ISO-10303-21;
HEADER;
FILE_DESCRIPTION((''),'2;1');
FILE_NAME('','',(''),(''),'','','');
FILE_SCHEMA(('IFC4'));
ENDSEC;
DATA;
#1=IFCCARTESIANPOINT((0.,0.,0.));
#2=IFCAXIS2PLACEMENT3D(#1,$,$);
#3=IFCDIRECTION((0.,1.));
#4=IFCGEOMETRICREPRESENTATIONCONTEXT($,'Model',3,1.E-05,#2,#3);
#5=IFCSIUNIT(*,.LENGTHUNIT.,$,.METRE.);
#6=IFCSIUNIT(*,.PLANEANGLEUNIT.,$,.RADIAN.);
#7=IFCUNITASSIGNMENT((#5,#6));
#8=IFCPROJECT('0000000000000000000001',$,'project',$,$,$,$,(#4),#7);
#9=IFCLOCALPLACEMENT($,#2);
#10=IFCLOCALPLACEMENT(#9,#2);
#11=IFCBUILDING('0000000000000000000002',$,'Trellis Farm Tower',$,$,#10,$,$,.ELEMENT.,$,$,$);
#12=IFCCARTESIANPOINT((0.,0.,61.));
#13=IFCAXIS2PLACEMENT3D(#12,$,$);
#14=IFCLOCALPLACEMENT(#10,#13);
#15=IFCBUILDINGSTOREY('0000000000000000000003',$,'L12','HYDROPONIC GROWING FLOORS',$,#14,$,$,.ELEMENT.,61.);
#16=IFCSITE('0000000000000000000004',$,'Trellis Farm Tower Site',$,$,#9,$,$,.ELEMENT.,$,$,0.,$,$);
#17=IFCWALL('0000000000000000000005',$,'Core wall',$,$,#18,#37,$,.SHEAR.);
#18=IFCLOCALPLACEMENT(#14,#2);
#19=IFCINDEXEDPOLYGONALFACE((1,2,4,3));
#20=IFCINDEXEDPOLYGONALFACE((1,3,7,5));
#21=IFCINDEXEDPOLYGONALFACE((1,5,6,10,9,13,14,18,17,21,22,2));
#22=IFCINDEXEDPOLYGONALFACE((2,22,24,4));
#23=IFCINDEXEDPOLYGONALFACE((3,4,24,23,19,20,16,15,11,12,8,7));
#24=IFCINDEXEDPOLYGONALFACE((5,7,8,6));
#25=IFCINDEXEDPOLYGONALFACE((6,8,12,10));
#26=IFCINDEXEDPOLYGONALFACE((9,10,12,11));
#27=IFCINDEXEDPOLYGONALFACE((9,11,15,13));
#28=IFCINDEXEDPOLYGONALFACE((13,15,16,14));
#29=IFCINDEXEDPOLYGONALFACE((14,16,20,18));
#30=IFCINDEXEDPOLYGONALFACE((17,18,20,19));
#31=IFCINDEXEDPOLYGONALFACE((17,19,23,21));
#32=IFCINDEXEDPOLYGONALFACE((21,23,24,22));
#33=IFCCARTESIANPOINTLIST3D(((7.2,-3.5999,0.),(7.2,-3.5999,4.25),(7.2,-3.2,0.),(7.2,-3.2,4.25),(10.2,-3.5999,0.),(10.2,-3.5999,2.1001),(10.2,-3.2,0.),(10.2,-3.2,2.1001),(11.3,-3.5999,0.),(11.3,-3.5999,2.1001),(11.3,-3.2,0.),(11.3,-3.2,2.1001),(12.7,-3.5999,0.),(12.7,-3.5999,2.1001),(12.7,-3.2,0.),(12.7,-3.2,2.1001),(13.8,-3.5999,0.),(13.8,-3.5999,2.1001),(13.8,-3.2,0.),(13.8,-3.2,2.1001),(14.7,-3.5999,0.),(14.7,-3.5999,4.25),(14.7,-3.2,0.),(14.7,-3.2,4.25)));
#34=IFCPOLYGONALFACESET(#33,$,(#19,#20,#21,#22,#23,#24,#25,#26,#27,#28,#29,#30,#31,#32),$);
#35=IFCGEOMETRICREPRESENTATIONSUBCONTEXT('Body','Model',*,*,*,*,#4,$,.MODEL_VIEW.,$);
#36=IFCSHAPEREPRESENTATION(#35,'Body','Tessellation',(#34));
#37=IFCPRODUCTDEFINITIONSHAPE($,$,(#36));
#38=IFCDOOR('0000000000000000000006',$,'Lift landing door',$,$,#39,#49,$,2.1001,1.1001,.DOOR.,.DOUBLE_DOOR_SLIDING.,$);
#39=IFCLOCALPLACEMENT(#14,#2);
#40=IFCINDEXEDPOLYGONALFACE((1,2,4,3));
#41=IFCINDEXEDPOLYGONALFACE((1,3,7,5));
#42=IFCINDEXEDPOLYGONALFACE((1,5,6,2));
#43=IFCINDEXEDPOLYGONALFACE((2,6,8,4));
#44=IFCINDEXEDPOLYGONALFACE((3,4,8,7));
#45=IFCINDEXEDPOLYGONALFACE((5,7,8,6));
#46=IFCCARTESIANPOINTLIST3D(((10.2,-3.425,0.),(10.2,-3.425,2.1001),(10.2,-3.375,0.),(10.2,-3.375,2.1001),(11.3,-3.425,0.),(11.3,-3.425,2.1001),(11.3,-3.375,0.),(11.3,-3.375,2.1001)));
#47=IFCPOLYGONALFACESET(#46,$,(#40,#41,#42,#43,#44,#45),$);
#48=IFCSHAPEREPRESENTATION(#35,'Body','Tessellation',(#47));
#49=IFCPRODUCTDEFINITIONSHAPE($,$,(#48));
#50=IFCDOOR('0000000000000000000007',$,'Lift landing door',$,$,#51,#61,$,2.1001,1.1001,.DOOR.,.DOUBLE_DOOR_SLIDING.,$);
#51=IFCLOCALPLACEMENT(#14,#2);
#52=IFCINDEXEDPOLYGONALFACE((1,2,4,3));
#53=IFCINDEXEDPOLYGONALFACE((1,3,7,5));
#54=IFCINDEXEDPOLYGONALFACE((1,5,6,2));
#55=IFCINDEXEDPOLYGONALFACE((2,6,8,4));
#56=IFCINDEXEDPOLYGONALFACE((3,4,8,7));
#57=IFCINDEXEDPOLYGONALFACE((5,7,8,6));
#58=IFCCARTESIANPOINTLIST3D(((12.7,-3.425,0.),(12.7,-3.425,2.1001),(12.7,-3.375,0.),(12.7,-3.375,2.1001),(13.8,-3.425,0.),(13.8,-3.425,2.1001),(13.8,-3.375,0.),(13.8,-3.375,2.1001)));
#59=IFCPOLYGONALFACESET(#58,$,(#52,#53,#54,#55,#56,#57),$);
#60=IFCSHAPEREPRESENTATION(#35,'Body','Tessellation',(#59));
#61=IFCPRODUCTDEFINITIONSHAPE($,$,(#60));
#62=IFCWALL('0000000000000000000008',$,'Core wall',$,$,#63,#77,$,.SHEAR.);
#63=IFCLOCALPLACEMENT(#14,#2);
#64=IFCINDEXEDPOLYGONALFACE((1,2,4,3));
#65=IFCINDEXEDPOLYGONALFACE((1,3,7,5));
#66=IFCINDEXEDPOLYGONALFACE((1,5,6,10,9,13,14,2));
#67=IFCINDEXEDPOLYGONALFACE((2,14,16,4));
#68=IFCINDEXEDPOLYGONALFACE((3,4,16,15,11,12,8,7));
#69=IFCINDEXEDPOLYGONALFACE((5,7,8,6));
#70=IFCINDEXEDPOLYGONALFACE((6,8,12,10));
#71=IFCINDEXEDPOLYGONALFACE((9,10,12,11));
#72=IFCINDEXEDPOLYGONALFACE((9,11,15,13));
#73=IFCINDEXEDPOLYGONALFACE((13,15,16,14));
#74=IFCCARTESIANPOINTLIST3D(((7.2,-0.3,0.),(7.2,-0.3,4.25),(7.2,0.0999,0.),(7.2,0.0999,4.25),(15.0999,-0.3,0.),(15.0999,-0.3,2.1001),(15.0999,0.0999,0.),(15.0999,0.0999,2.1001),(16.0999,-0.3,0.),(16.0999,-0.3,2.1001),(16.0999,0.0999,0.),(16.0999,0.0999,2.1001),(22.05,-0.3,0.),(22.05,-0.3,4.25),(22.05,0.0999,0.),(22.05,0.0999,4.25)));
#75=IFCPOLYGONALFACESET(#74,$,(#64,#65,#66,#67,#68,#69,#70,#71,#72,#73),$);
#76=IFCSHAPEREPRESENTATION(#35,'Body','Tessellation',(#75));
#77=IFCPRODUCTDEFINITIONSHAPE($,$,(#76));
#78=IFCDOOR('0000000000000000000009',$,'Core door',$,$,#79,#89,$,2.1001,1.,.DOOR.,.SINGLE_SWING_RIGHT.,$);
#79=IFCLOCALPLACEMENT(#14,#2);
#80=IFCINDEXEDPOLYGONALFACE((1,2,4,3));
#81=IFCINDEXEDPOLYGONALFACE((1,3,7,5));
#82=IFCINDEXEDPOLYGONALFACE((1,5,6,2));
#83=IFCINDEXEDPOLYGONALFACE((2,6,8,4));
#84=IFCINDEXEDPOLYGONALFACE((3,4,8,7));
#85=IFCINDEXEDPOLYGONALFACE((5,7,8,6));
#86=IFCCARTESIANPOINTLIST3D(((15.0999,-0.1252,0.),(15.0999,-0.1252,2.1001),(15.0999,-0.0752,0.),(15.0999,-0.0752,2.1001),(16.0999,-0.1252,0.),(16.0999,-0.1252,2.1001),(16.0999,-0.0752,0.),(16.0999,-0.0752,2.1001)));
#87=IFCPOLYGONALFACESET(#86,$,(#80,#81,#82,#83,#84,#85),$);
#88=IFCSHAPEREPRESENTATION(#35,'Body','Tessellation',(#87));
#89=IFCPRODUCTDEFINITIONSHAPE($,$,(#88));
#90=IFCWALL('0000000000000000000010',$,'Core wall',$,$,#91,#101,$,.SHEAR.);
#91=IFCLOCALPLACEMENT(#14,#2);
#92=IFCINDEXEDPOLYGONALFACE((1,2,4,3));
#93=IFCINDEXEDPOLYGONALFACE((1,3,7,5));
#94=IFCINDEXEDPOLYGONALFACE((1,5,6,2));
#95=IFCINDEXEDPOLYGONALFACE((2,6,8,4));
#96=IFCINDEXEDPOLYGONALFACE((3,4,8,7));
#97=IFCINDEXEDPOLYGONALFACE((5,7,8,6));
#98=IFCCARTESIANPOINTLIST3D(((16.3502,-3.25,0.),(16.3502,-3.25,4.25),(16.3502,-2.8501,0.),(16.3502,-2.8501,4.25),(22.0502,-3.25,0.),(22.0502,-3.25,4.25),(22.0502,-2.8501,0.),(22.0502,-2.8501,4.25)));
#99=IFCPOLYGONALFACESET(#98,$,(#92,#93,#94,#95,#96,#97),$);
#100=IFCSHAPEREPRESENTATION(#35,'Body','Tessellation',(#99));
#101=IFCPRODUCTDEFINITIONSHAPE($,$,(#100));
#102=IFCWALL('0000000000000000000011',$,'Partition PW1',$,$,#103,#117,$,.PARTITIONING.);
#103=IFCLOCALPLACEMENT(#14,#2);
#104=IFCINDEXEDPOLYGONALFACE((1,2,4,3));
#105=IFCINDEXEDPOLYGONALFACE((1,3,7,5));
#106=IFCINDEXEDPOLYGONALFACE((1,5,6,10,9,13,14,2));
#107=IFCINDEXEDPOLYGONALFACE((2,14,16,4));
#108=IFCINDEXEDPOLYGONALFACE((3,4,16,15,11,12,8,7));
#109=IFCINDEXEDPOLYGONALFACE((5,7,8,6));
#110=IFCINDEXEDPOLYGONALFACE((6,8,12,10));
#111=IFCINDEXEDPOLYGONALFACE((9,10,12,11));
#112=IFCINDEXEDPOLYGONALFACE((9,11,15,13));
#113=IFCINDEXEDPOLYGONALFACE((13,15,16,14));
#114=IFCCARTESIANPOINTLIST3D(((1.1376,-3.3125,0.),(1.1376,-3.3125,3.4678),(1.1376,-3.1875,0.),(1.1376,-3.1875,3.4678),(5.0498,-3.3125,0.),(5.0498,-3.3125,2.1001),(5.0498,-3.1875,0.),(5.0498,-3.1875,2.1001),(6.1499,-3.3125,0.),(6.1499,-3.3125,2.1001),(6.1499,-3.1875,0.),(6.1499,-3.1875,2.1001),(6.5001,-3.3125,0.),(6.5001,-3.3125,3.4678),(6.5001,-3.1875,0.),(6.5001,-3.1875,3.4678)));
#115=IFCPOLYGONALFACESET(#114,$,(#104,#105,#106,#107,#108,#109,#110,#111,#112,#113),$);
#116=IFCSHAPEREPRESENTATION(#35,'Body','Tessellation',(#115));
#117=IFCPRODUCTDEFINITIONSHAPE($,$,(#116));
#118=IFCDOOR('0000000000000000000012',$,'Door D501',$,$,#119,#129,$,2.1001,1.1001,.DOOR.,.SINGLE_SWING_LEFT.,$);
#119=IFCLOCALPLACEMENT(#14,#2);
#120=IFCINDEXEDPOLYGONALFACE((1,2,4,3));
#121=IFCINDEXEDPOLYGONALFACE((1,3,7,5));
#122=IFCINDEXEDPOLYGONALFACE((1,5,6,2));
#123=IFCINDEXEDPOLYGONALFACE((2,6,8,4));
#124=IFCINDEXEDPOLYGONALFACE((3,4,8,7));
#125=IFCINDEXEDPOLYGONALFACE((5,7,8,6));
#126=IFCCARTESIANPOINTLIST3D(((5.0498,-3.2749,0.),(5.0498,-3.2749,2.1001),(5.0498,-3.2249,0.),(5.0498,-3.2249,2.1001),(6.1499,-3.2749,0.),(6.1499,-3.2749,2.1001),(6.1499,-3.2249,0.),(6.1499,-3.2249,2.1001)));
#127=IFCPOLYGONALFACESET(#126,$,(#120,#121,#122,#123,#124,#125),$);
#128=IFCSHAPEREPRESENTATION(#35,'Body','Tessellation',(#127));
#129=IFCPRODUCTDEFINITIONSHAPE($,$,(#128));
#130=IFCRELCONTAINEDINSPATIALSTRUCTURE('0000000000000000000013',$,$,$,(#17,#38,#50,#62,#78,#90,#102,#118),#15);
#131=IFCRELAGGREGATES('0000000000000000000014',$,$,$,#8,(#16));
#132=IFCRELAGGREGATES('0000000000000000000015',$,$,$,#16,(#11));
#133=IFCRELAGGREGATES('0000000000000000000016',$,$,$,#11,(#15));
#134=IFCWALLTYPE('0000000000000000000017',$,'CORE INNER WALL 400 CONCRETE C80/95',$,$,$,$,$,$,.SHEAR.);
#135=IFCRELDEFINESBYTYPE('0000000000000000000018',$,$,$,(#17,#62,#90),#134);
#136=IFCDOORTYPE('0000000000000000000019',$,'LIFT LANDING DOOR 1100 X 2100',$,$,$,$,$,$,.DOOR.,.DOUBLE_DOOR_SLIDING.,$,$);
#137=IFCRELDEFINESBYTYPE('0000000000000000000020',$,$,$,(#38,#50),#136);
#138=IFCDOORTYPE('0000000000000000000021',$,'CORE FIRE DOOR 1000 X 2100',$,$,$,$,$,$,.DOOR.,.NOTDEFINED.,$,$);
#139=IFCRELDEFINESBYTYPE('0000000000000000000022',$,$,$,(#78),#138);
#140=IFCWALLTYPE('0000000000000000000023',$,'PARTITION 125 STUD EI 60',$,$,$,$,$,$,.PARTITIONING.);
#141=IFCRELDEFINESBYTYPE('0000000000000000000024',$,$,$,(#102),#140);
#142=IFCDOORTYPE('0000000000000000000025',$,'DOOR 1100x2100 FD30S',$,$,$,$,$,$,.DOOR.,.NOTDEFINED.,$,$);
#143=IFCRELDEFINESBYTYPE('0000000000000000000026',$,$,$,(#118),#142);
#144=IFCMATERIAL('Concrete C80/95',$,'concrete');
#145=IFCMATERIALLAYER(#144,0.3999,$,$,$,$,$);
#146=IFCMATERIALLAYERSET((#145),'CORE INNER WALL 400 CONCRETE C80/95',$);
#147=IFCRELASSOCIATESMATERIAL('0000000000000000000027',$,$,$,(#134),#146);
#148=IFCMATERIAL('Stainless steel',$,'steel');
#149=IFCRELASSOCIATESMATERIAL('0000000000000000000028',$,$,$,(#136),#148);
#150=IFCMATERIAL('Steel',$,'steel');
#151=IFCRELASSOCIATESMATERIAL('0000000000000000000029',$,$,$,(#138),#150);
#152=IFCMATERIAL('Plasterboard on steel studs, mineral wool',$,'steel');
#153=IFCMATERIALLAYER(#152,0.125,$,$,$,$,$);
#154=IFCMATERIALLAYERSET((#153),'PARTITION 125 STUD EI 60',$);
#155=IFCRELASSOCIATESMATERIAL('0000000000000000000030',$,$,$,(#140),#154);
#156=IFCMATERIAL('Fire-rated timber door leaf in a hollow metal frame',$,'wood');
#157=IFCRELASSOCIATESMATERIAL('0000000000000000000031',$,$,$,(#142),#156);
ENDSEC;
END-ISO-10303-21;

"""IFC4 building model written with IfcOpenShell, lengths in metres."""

from ifc_helpers import new_model, si_unit, direction, frame, frame_2d, origin, place, context, subcontext, project, spatial, rectangle, extrude, source, transform, mapped, material, layer, layer_set, type_object, element, fill, save


model = new_model("IFC4")

# Units and contexts
model_context = context("Model", 3, precision=1e-05, world=origin(), true_north=direction((0.0, 1.0)))
body_context = subcontext(model_context, "Body", "Model", "MODEL_VIEW")
ifc_project = project(units=[si_unit("LENGTHUNIT", "METRE"), si_unit("PLANEANGLEUNIT", "RADIAN")], contexts=[model_context])

# Site, building, storey
site_placement = place(None, origin())
site = spatial("IfcSite", under=ifc_project, at=site_placement, Name="Trellis Farm Tower Site", CompositionType="ELEMENT", RefElevation=0.0)
building_placement = place(site_placement, origin())
building = spatial("IfcBuilding", under=site, at=building_placement, Name="Trellis Farm Tower", CompositionType="ELEMENT")
storey_placement = place(building_placement, frame((0.0, 0.0, 61.0)))
storey = spatial("IfcBuildingStorey", under=building, at=storey_placement, Name="L12", Description="HYDROPONIC GROWING FLOORS", CompositionType="ELEMENT", Elevation=61.0)

# Shared definitions
ifc_material_1 = material(Name="Concrete C80/95", Category="concrete")

# Wall, openings, doors
ifc_layer_1 = layer(ifc_material_1, 0.3999)
ifc_layer_set_1 = layer_set([ifc_layer_1], Name="CORE INNER WALL 400 CONCRETE C80/95")
wall_type_1 = type_object("IfcWallType", Name="CORE INNER WALL 400 CONCRETE C80/95", PredefinedType="SHEAR", material=ifc_layer_set_1)
shared_shape_1 = source(origin(), body_context, "Body", "SweptSolid", [
    extrude(rectangle(XDim=7.5, YDim=0.3999, at=frame_2d((3.75, 0.0))), origin(), (0.0, 0.0, 1.0), 4.25),
])
wall_1_placement = place(storey_placement, frame((7.2, -3.3999, 0.0), z_axis=(0.0, 0.0, 1.0), x_axis=(1.0, 0.0, 0.0)))
wall_1 = element("IfcWall", 1, at=wall_1_placement, inside=storey, type_object=wall_type_1, Name="Core wall", PredefinedType="SHEAR", context=body_context, shape_type="MappedRepresentation", body=[
    mapped(shared_shape_1, transform((0.0, 0.0, 0.0))),
])
shared_shape_2 = source(origin(), body_context, "Body", "SweptSolid", [
    extrude(rectangle(XDim=1.1001, YDim=2.1001, at=frame_2d((0.55, 1.05))), frame((0.0, 0.21, 0.0), z_axis=(0.0, -1.0, 0.0), x_axis=(1.0, 0.0, 0.0)), (0.0, 0.0, 1.0), 0.4199),
])
opening_1_placement = place(wall_1_placement, frame((3.0, 0.0, 0.0)))
opening_1 = element("IfcOpeningElement", 2, at=opening_1_placement, cuts=wall_1, PredefinedType="OPENING", context=body_context, shape_type="MappedRepresentation", body=[
    mapped(shared_shape_2, transform((0.0, 0.0, 0.0))),
])
opening_2_placement = place(wall_1_placement, frame((5.5, 0.0, 0.0)))
opening_2 = element("IfcOpeningElement", 3, at=opening_2_placement, cuts=wall_1, PredefinedType="OPENING", context=body_context, shape_type="MappedRepresentation", body=[
    mapped(shared_shape_2, transform((0.0, 0.0, 0.0))),
])
ifc_material_2 = material(Name="Stainless steel", Category="steel")
door_type_1 = type_object("IfcDoorType", Name="LIFT LANDING DOOR 1100 X 2100", OperationType="DOUBLE_DOOR_SLIDING", PredefinedType="DOOR", material=ifc_material_2)
shared_shape_3 = source(origin(), body_context, "Body", "SweptSolid", [
    extrude(rectangle(XDim=1.1001, YDim=2.1001, at=frame_2d((0.55, 1.05))), frame((0.0, 0.0249, 0.0), z_axis=(0.0, -1.0, 0.0), x_axis=(1.0, 0.0, 0.0)), (0.0, 0.0, 1.0), 0.05),
])
door_1_placement = place(opening_1_placement, origin())
door_1 = element("IfcDoor", 4, at=door_1_placement, inside=storey, type_object=door_type_1, Name="Lift landing door", OperationType="DOUBLE_DOOR_SLIDING", OverallHeight=2.1001, OverallWidth=1.1001, PredefinedType="DOOR", context=body_context, shape_type="MappedRepresentation", body=[
    mapped(shared_shape_3, transform((0.0, 0.0, 0.0))),
])
fill(opening_1, door_1)
door_2_placement = place(opening_2_placement, origin())
door_2 = element("IfcDoor", 5, at=door_2_placement, inside=storey, type_object=door_type_1, Name="Lift landing door", OperationType="DOUBLE_DOOR_SLIDING", OverallHeight=2.1001, OverallWidth=1.1001, PredefinedType="DOOR", context=body_context, shape_type="MappedRepresentation", body=[
    mapped(shared_shape_3, transform((0.0, 0.0, 0.0))),
])
fill(opening_2, door_2)

# Wall, opening, door
shared_shape_4 = source(origin(), body_context, "Body", "SweptSolid", [
    extrude(rectangle(XDim=14.8501, YDim=0.3999, at=frame_2d((7.425, 0.0))), origin(), (0.0, 0.0, 1.0), 4.25),
])
wall_2_placement = place(storey_placement, frame((7.2, -0.1001, 0.0), z_axis=(0.0, 0.0, 1.0), x_axis=(1.0, 0.0, 0.0)))
wall_2 = element("IfcWall", 6, at=wall_2_placement, inside=storey, type_object=wall_type_1, Name="Core wall", PredefinedType="SHEAR", context=body_context, shape_type="MappedRepresentation", body=[
    mapped(shared_shape_4, transform((0.0, 0.0, 0.0))),
])
shared_shape_5 = source(origin(), body_context, "Body", "SweptSolid", [
    extrude(rectangle(XDim=1.0, YDim=2.1001, at=frame_2d((0.5, 1.05))), frame((0.0, 0.21, 0.0), z_axis=(0.0, -1.0, 0.0), x_axis=(1.0, 0.0, 0.0)), (0.0, 0.0, 1.0), 0.4199),
])
opening_3_placement = place(wall_2_placement, frame((7.8999, 0.0, 0.0)))
opening_3 = element("IfcOpeningElement", 7, at=opening_3_placement, cuts=wall_2, PredefinedType="OPENING", context=body_context, shape_type="MappedRepresentation", body=[
    mapped(shared_shape_5, transform((0.0, 0.0, 0.0))),
])
ifc_material_3 = material(Name="Steel", Category="steel")
door_type_2 = type_object("IfcDoorType", Name="CORE FIRE DOOR 1000 X 2100", OperationType="NOTDEFINED", PredefinedType="DOOR", material=ifc_material_3)
shared_shape_6 = source(origin(), body_context, "Body", "SweptSolid", [
    extrude(rectangle(XDim=1.0, YDim=2.1001, at=frame_2d((0.5, 1.05))), frame((0.0, 0.0249, 0.0), z_axis=(0.0, -1.0, 0.0), x_axis=(1.0, 0.0, 0.0)), (0.0, 0.0, 1.0), 0.05),
])
door_3_placement = place(opening_3_placement, origin())
door_3 = element("IfcDoor", 8, at=door_3_placement, inside=storey, type_object=door_type_2, Name="Core door", OperationType="SINGLE_SWING_RIGHT", OverallHeight=2.1001, OverallWidth=1.0, PredefinedType="DOOR", context=body_context, shape_type="MappedRepresentation", body=[
    mapped(shared_shape_6, transform((0.0, 0.0, 0.0))),
])
fill(opening_3, door_3)

# Wall
shared_shape_7 = source(origin(), body_context, "Body", "SweptSolid", [
    extrude(rectangle(XDim=5.7, YDim=0.3999, at=frame_2d((2.8501, 0.0))), origin(), (0.0, 0.0, 1.0), 4.25),
])
wall_3_placement = place(storey_placement, frame((16.3501, -3.05, 0.0), z_axis=(0.0, 0.0, 1.0), x_axis=(1.0, 0.0, 0.0)))
element("IfcWall", 9, at=wall_3_placement, inside=storey, type_object=wall_type_1, Name="Core wall", PredefinedType="SHEAR", context=body_context, shape_type="MappedRepresentation", body=[
    mapped(shared_shape_7, transform((0.0, 0.0, 0.0))),
])

# Wall, opening, door
ifc_material_4 = material(Name="Plasterboard on steel studs, mineral wool", Category="steel")
ifc_layer_2 = layer(ifc_material_4, 0.125)
ifc_layer_set_2 = layer_set([ifc_layer_2], Name="PARTITION 125 STUD EI 60")
wall_type_2 = type_object("IfcWallType", Name="PARTITION 125 STUD EI 60", PredefinedType="PARTITIONING", material=ifc_layer_set_2)
shared_shape_8 = source(origin(), body_context, "Body", "SweptSolid", [
    extrude(rectangle(XDim=5.3625, YDim=0.125, at=frame_2d((2.6812, 0.0))), origin(), (0.0, 0.0, 1.0), 3.4678),
])
wall_4_placement = place(storey_placement, frame((6.5, -3.25, 0.0), z_axis=(0.0, 0.0, 1.0), x_axis=(-1.0, 0.0, 0.0)))
wall_4 = element("IfcWall", 10, at=wall_4_placement, inside=storey, type_object=wall_type_2, Name="Partition PW1", PredefinedType="PARTITIONING", context=body_context, shape_type="MappedRepresentation", body=[
    mapped(shared_shape_8, transform((0.0, 0.0, 0.0))),
])
shared_shape_9 = source(origin(), body_context, "Body", "SweptSolid", [
    extrude(rectangle(XDim=1.1001, YDim=2.1001, at=frame_2d((0.55, 1.05))), frame((0.0, 0.0725, 0.0), z_axis=(0.0, -1.0, 0.0), x_axis=(1.0, 0.0, 0.0)), (0.0, 0.0, 1.0), 0.145),
])
opening_4_placement = place(wall_4_placement, frame((0.3501, 0.0, 0.0)))
opening_4 = element("IfcOpeningElement", 11, at=opening_4_placement, cuts=wall_4, PredefinedType="OPENING", context=body_context, shape_type="MappedRepresentation", body=[
    mapped(shared_shape_9, transform((0.0, 0.0, 0.0))),
])
ifc_material_5 = material(Name="Fire-rated timber door leaf in a hollow metal frame", Category="wood")
door_type_3 = type_object("IfcDoorType", Name="DOOR 1100x2100 FD30S", OperationType="NOTDEFINED", PredefinedType="DOOR", material=ifc_material_5)
door_4_placement = place(opening_4_placement, origin())
door_4 = element("IfcDoor", 12, at=door_4_placement, inside=storey, type_object=door_type_3, Name="Door D501", OperationType="SINGLE_SWING_LEFT", OverallHeight=2.1001, OverallWidth=1.1001, PredefinedType="DOOR", context=body_context, shape_type="MappedRepresentation", body=[
    mapped(shared_shape_3, transform((0.0, 0.0, 0.0))),
])
fill(opening_4, door_4)

save(model, "model.ifc")
